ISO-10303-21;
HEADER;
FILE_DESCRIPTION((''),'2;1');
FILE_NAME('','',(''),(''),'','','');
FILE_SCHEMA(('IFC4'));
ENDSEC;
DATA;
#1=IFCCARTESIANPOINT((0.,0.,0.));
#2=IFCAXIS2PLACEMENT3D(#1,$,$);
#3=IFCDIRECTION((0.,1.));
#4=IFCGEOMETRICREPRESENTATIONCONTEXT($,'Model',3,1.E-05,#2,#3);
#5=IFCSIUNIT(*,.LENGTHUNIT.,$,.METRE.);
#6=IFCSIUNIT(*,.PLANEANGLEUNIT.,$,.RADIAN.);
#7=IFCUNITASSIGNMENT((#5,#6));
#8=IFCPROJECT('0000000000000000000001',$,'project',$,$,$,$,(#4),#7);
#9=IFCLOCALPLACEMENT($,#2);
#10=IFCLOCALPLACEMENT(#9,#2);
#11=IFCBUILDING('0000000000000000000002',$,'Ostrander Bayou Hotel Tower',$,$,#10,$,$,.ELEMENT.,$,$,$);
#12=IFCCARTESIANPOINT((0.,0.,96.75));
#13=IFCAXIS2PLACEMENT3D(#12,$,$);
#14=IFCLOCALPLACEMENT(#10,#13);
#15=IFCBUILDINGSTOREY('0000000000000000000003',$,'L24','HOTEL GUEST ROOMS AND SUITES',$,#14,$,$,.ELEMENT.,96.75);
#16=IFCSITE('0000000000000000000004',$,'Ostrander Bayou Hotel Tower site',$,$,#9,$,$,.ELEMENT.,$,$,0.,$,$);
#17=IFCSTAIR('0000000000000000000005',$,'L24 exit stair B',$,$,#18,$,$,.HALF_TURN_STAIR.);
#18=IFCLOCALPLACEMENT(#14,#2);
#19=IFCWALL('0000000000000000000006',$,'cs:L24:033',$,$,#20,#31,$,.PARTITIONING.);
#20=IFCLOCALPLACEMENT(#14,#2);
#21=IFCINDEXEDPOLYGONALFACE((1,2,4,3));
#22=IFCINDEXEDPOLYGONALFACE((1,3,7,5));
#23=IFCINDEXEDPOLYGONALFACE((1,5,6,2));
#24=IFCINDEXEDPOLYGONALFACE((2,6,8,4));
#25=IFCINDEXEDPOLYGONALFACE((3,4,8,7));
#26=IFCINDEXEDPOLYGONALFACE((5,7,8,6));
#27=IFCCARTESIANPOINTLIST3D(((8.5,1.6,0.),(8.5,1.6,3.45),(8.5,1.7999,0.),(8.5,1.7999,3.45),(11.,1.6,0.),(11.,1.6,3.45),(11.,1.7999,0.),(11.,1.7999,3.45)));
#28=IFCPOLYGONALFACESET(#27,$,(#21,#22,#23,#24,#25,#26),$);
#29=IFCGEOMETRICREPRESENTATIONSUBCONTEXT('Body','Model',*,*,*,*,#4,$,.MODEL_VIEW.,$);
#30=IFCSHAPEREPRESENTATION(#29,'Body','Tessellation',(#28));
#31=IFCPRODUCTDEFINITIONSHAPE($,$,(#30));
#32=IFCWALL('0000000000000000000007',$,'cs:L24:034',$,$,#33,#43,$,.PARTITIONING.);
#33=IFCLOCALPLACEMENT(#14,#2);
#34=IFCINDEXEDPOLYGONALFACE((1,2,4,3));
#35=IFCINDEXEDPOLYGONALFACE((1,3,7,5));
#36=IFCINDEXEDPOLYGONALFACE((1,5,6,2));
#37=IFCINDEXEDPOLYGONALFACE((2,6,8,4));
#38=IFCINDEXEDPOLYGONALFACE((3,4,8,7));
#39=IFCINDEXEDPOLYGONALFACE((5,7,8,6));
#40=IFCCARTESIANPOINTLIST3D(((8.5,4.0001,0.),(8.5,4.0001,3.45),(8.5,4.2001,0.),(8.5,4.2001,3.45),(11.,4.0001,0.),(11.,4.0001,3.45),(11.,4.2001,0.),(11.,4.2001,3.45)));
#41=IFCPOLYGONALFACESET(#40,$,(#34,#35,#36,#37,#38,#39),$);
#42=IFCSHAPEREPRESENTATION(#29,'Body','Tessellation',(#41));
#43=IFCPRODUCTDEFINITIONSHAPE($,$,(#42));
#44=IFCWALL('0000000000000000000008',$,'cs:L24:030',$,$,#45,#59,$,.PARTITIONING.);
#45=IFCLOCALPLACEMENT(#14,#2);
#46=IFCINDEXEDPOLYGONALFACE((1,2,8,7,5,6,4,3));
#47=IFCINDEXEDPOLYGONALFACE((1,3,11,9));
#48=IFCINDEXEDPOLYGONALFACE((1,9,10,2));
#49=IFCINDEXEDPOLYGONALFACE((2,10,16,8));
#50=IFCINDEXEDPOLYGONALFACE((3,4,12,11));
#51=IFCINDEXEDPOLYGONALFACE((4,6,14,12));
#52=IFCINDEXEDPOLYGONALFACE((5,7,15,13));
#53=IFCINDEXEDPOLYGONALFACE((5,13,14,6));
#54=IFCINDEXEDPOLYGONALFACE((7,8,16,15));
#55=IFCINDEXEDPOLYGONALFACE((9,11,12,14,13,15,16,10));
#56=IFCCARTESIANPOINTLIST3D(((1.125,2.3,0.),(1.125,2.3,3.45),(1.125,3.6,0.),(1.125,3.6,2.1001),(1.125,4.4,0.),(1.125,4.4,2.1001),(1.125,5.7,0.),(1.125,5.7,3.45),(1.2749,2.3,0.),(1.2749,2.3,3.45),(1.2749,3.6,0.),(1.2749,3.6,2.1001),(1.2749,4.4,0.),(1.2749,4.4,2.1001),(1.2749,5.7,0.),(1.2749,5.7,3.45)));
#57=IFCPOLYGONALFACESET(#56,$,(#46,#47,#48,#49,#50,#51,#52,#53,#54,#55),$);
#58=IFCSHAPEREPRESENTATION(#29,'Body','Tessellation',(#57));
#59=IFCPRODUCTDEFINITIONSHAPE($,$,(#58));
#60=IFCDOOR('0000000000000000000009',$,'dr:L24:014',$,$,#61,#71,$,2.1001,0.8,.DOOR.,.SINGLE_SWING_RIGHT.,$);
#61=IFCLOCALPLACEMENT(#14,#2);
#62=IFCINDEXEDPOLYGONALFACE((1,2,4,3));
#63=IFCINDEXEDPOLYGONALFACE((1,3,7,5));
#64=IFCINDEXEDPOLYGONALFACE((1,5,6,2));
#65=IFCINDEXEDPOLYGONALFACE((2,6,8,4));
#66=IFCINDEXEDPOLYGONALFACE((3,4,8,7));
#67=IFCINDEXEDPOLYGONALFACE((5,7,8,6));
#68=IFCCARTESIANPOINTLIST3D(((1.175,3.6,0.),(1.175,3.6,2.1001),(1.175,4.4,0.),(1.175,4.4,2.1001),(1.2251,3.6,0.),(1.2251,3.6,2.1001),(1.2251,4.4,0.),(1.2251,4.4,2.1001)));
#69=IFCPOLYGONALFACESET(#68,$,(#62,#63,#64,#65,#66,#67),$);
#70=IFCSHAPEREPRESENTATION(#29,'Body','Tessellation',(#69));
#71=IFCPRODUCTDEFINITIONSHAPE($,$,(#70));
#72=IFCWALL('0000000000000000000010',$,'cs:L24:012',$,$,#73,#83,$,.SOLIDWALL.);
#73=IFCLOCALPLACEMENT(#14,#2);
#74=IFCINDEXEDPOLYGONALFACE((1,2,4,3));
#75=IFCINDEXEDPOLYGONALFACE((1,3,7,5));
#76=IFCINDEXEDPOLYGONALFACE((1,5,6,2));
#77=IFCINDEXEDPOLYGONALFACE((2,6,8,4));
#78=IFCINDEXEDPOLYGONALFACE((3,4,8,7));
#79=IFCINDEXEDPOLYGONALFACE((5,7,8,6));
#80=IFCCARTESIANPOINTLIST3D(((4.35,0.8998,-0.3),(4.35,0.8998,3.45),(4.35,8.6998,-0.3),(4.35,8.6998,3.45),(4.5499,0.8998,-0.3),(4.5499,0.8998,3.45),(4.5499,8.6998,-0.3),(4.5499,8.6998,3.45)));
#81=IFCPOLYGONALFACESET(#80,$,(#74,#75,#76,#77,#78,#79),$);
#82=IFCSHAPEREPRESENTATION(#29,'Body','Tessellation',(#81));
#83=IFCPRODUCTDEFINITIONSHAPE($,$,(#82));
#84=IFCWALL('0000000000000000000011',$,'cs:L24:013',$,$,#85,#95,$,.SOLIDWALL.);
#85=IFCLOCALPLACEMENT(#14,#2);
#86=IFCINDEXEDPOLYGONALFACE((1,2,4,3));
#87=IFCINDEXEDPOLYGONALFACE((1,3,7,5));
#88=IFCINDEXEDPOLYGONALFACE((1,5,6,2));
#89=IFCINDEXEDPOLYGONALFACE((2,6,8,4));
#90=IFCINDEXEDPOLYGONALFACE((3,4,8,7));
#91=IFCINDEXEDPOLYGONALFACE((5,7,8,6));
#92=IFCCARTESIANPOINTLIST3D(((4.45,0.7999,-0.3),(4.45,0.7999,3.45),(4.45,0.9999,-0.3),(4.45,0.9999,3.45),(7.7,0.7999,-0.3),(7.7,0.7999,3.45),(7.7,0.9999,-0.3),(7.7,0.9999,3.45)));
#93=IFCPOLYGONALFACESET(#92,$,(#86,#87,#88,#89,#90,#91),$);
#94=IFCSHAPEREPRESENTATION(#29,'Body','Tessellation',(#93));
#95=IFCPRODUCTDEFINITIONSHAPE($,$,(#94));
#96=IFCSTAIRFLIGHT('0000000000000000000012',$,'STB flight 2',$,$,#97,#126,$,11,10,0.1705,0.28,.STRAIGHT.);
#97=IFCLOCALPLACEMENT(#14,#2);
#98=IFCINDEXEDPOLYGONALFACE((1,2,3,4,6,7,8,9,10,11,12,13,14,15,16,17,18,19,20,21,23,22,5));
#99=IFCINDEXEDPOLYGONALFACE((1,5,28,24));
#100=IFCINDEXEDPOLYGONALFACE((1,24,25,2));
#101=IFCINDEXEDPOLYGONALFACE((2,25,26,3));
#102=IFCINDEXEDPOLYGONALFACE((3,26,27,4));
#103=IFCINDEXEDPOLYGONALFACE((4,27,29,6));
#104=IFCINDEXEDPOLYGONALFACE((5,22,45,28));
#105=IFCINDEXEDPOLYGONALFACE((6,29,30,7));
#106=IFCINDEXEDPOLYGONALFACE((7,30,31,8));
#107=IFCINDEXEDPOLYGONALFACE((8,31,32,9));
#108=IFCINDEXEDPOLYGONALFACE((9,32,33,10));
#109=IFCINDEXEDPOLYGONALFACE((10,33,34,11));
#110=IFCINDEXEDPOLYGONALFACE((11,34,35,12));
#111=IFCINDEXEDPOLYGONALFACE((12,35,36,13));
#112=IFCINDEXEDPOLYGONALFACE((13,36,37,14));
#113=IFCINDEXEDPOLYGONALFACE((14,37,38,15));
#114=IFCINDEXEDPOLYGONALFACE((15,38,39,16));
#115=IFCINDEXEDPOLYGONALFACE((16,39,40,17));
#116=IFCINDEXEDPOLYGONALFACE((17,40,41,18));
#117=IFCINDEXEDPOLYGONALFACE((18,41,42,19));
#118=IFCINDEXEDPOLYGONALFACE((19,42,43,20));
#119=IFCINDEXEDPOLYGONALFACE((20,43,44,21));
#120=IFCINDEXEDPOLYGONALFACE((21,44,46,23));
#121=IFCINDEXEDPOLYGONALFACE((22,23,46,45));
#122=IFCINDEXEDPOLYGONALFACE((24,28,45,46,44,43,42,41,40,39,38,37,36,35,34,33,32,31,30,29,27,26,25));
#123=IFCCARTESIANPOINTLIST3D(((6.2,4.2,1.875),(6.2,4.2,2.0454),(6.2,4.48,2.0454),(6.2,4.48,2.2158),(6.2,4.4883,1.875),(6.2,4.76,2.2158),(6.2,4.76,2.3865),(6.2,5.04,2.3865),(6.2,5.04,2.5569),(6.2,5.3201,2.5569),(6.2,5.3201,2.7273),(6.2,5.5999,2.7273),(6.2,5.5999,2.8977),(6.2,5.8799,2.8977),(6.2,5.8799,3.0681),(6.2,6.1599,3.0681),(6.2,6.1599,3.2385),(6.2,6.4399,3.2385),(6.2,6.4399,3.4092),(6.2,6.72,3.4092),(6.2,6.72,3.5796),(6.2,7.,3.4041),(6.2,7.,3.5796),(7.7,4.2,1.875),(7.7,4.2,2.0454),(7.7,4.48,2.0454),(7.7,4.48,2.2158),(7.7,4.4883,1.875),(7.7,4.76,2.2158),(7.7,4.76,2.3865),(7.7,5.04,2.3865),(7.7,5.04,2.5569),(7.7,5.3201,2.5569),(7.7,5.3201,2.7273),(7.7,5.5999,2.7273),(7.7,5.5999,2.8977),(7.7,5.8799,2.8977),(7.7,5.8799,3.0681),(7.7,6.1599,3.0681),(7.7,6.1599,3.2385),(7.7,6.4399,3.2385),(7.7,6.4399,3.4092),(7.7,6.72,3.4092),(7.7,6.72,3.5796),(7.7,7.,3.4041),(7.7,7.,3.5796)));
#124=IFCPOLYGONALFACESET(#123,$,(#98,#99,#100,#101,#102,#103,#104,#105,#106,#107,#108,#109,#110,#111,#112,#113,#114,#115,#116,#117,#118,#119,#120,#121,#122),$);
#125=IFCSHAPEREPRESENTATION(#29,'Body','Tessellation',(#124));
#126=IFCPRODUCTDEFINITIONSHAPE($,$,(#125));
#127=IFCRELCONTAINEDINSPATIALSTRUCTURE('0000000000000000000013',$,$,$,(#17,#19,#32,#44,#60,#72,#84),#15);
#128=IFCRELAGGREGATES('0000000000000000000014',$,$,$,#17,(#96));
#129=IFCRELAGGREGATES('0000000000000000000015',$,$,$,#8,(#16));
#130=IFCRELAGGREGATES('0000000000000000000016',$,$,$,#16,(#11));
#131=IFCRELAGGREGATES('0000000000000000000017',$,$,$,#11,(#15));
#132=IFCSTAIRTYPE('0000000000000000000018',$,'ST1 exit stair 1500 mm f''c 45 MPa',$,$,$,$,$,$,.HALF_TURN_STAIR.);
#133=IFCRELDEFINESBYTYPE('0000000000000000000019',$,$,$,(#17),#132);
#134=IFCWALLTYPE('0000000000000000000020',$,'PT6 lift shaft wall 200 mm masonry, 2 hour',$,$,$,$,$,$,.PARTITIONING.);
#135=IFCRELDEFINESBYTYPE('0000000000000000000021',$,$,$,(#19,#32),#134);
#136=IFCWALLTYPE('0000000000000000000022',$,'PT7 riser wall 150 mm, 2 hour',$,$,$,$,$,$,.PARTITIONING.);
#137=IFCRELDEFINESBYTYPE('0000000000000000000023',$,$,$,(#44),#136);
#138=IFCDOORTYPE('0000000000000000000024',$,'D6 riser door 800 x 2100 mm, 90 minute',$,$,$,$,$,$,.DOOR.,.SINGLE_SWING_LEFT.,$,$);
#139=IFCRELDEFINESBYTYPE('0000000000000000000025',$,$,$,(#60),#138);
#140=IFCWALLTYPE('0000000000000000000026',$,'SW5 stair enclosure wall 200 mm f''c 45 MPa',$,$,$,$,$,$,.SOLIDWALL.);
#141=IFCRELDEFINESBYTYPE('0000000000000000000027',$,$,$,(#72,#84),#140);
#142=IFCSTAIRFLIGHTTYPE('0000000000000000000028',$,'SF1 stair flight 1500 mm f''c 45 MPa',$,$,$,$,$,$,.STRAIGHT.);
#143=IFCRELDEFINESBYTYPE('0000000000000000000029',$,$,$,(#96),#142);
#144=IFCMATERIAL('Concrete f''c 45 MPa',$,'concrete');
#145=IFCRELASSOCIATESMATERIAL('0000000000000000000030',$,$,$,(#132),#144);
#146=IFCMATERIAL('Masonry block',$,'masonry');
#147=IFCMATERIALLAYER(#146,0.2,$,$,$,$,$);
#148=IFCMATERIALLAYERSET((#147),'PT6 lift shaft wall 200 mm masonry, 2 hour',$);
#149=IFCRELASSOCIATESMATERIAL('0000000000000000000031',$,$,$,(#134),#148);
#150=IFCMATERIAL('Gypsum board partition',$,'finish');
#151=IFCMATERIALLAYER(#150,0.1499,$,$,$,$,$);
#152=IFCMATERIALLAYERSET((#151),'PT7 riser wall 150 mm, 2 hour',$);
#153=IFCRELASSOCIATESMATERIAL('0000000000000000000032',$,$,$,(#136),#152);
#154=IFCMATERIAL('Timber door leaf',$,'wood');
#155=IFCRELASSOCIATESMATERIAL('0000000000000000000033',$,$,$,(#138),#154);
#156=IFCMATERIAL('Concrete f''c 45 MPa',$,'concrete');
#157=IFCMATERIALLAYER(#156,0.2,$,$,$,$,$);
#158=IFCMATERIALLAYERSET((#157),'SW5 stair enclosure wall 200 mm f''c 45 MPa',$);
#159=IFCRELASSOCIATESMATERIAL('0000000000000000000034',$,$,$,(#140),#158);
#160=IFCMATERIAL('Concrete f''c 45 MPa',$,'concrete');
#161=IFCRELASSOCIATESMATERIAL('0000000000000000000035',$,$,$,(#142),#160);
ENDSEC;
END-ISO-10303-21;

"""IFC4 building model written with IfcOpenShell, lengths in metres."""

from ifc_helpers import new_model, si_unit, direction, frame, frame_2d, origin, place, context, subcontext, project, spatial, polyline, rectangle, outline, extrude, material, layer, layer_set, type_object, element, fill, aggregate, save


model = new_model("IFC4")

# Units and contexts
model_context = context("Model", 3, precision=1e-05, world=origin(), true_north=direction((0.0, 1.0)))
body_context = subcontext(model_context, "Body", "Model", "MODEL_VIEW")
ifc_project = project(units=[si_unit("LENGTHUNIT", "METRE"), si_unit("PLANEANGLEUNIT", "RADIAN")], contexts=[model_context])

# Site, building, storey
site_placement = place(None, origin())
site = spatial("IfcSite", under=ifc_project, at=site_placement, Name="Ostrander Bayou Hotel Tower site", CompositionType="ELEMENT", RefElevation=0.0)
building_placement = place(site_placement, origin())
building = spatial("IfcBuilding", under=site, at=building_placement, Name="Ostrander Bayou Hotel Tower", CompositionType="ELEMENT")
storey_placement = place(building_placement, frame((0.0, 0.0, 96.75)))
storey = spatial("IfcBuildingStorey", under=building, at=storey_placement, Name="L24", Description="HOTEL GUEST ROOMS AND SUITES", CompositionType="ELEMENT", Elevation=96.75)

# Stair
ifc_material_1 = material(Name="Concrete f'c 45 MPa", Category="concrete")
stair_type = type_object("IfcStairType", Name="ST1 exit stair 1500 mm f'c 45 MPa", PredefinedType="HALF_TURN_STAIR", material=ifc_material_1)
stair_1_placement = place(storey_placement, origin())
stair_1 = element("IfcStair", 1, at=stair_1_placement, inside=storey, type_object=stair_type, Name="L24 exit stair B", PredefinedType="HALF_TURN_STAIR")

# Walls
ifc_material_2 = material(Name="Masonry block", Category="masonry")
ifc_layer_1 = layer(ifc_material_2, 0.2)
ifc_layer_set_1 = layer_set([ifc_layer_1], Name="PT6 lift shaft wall 200 mm masonry, 2 hour")
wall_type_1 = type_object("IfcWallType", Name="PT6 lift shaft wall 200 mm masonry, 2 hour", PredefinedType="PARTITIONING", material=ifc_layer_set_1)
for number, where, z_axis, x_axis, name in (
    (2, (8.5, 1.7, 0.0), (0.0, 0.0, 1.0), (1.0, 0.0, 0.0), "cs:L24:033"),
    (3, (8.5, 4.1001, 0.0), (0.0, 0.0, 1.0), (1.0, 0.0, 0.0), "cs:L24:034"),
):
    element("IfcWall", number, at=place(storey_placement, frame(where, z_axis=z_axis, x_axis=x_axis)), inside=storey, type_object=wall_type_1, Name=name, PredefinedType="PARTITIONING", context=body_context, shape_type="SweptSolid", body=[
        extrude(rectangle(XDim=2.5, YDim=0.2, at=frame_2d((1.25, 0.0))), origin(), (0.0, 0.0, 1.0), 3.45),
    ])

# Wall, opening, door
ifc_material_3 = material(Name="Gypsum board partition", Category="finish")
ifc_layer_2 = layer(ifc_material_3, 0.1499)
ifc_layer_set_2 = layer_set([ifc_layer_2], Name="PT7 riser wall 150 mm, 2 hour")
wall_type_2 = type_object("IfcWallType", Name="PT7 riser wall 150 mm, 2 hour", PredefinedType="PARTITIONING", material=ifc_layer_set_2)
wall_1_placement = place(storey_placement, frame((1.2, 2.3, 0.0), z_axis=(0.0, 0.0, 1.0), x_axis=(0.0, 1.0, 0.0)))
wall_1 = element("IfcWall", 4, at=wall_1_placement, inside=storey, type_object=wall_type_2, Name="cs:L24:030", PredefinedType="PARTITIONING", context=body_context, shape_type="SweptSolid", body=[
    extrude(rectangle(XDim=3.3999, YDim=0.1499, at=frame_2d((1.7, 0.0))), origin(), (0.0, 0.0, 1.0), 3.45),
])
opening_placement = place(wall_1_placement, frame((1.3, 0.0, 0.0)))
opening = element("IfcOpeningElement", 5, at=opening_placement, cuts=wall_1, PredefinedType="OPENING", context=body_context, shape_type="SweptSolid", body=[
    extrude(rectangle(XDim=0.8, YDim=2.1001, at=frame_2d((0.3999, 1.05))), frame((0.0, 0.075, 0.0), z_axis=(0.0, -1.0, 0.0), x_axis=(1.0, 0.0, 0.0)), (0.0, 0.0, 1.0), 0.1499),
])
ifc_material_4 = material(Name="Timber door leaf", Category="wood")
door_type = type_object("IfcDoorType", Name="D6 riser door 800 x 2100 mm, 90 minute", OperationType="SINGLE_SWING_LEFT", PredefinedType="DOOR", material=ifc_material_4)
door_placement = place(opening_placement, origin())
door = element("IfcDoor", 6, at=door_placement, inside=storey, type_object=door_type, Name="dr:L24:014", OperationType="SINGLE_SWING_RIGHT", OverallHeight=2.1001, OverallWidth=0.8, PredefinedType="DOOR", context=body_context, shape_type="SweptSolid", body=[
    extrude(rectangle(XDim=0.8, YDim=2.1001, at=frame_2d((0.3999, 1.05))), frame((0.0, 0.0249, 0.0), z_axis=(0.0, -1.0, 0.0), x_axis=(1.0, 0.0, 0.0)), (0.0, 0.0, 1.0), 0.05),
])
fill(opening, door)

# Walls
ifc_material_5 = material(Name="Concrete f'c 45 MPa", Category="concrete")
ifc_layer_3 = layer(ifc_material_5, 0.2)
ifc_layer_set_3 = layer_set([ifc_layer_3], Name="SW5 stair enclosure wall 200 mm f'c 45 MPa")
wall_type_3 = type_object("IfcWallType", Name="SW5 stair enclosure wall 200 mm f'c 45 MPa", PredefinedType="SOLIDWALL", material=ifc_layer_set_3)
wall_2_placement = place(storey_placement, frame((4.45, 0.8999, -0.3), z_axis=(0.0, 0.0, 1.0), x_axis=(0.0, 1.0, 0.0)))
element("IfcWall", 7, at=wall_2_placement, inside=storey, type_object=wall_type_3, Name="cs:L24:012", PredefinedType="SOLIDWALL", context=body_context, shape_type="SweptSolid", body=[
    extrude(rectangle(XDim=7.8, YDim=0.2, at=frame_2d((3.8999, 0.0))), origin(), (0.0, 0.0, 1.0), 3.75),
])
wall_3_placement = place(storey_placement, frame((4.45, 0.8999, -0.3), z_axis=(0.0, 0.0, 1.0), x_axis=(1.0, 0.0, 0.0)))
element("IfcWall", 8, at=wall_3_placement, inside=storey, type_object=wall_type_3, Name="cs:L24:013", PredefinedType="SOLIDWALL", context=body_context, shape_type="SweptSolid", body=[
    extrude(rectangle(XDim=3.25, YDim=0.2, at=frame_2d((1.625, 0.0))), origin(), (0.0, 0.0, 1.0), 3.75),
])

# Stair flight
ifc_material_6 = material(Name="Concrete f'c 45 MPa", Category="concrete")
stair_flight_type = type_object("IfcStairFlightType", Name="SF1 stair flight 1500 mm f'c 45 MPa", PredefinedType="STRAIGHT", material=ifc_material_6)
stair_flight_placement = place(storey_placement, frame((6.95, 4.2, 1.875), z_axis=(0.0, 0.0, 1.0), x_axis=(0.0, 1.0, 0.0)))
stair_flight = element("IfcStairFlight", 9, at=stair_flight_placement, type_object=stair_flight_type, Name="STB flight 2", NumberOfRisers=11, NumberOfTreads=10, PredefinedType="STRAIGHT", RiserHeight=0.1705, TreadLength=0.28, context=body_context, shape_type="SweptSolid", body=[
    extrude(outline(polyline([(0.0, 0.0), (0.0, 0.1704), (0.28, 0.1704), (0.28, 0.3408), (0.5601, 0.3408), (0.5601, 0.5115), (0.8401, 0.5115), (0.8401, 0.6819), (1.1201, 0.6819), (1.1201, 0.8523), (1.3999, 0.8523), (1.3999, 1.0227), (1.6799, 1.0227), (1.6799, 1.1931), (1.96, 1.1931), (1.96, 1.3635), (2.24, 1.3635), (2.24, 1.5342), (2.52, 1.5342), (2.52, 1.7046), (2.8, 1.7046), (2.8, 1.875), (2.8, 1.5291), (0.2883, 0.0), (0.0, 0.0)])), frame((0.0, 0.75, 0.0), z_axis=(0.0, -1.0, 0.0), x_axis=(1.0, 0.0, 0.0)), (0.0, 0.0, 1.0), 1.5),
])
aggregate(stair_1, [stair_flight])

save(model, "model.ifc")
